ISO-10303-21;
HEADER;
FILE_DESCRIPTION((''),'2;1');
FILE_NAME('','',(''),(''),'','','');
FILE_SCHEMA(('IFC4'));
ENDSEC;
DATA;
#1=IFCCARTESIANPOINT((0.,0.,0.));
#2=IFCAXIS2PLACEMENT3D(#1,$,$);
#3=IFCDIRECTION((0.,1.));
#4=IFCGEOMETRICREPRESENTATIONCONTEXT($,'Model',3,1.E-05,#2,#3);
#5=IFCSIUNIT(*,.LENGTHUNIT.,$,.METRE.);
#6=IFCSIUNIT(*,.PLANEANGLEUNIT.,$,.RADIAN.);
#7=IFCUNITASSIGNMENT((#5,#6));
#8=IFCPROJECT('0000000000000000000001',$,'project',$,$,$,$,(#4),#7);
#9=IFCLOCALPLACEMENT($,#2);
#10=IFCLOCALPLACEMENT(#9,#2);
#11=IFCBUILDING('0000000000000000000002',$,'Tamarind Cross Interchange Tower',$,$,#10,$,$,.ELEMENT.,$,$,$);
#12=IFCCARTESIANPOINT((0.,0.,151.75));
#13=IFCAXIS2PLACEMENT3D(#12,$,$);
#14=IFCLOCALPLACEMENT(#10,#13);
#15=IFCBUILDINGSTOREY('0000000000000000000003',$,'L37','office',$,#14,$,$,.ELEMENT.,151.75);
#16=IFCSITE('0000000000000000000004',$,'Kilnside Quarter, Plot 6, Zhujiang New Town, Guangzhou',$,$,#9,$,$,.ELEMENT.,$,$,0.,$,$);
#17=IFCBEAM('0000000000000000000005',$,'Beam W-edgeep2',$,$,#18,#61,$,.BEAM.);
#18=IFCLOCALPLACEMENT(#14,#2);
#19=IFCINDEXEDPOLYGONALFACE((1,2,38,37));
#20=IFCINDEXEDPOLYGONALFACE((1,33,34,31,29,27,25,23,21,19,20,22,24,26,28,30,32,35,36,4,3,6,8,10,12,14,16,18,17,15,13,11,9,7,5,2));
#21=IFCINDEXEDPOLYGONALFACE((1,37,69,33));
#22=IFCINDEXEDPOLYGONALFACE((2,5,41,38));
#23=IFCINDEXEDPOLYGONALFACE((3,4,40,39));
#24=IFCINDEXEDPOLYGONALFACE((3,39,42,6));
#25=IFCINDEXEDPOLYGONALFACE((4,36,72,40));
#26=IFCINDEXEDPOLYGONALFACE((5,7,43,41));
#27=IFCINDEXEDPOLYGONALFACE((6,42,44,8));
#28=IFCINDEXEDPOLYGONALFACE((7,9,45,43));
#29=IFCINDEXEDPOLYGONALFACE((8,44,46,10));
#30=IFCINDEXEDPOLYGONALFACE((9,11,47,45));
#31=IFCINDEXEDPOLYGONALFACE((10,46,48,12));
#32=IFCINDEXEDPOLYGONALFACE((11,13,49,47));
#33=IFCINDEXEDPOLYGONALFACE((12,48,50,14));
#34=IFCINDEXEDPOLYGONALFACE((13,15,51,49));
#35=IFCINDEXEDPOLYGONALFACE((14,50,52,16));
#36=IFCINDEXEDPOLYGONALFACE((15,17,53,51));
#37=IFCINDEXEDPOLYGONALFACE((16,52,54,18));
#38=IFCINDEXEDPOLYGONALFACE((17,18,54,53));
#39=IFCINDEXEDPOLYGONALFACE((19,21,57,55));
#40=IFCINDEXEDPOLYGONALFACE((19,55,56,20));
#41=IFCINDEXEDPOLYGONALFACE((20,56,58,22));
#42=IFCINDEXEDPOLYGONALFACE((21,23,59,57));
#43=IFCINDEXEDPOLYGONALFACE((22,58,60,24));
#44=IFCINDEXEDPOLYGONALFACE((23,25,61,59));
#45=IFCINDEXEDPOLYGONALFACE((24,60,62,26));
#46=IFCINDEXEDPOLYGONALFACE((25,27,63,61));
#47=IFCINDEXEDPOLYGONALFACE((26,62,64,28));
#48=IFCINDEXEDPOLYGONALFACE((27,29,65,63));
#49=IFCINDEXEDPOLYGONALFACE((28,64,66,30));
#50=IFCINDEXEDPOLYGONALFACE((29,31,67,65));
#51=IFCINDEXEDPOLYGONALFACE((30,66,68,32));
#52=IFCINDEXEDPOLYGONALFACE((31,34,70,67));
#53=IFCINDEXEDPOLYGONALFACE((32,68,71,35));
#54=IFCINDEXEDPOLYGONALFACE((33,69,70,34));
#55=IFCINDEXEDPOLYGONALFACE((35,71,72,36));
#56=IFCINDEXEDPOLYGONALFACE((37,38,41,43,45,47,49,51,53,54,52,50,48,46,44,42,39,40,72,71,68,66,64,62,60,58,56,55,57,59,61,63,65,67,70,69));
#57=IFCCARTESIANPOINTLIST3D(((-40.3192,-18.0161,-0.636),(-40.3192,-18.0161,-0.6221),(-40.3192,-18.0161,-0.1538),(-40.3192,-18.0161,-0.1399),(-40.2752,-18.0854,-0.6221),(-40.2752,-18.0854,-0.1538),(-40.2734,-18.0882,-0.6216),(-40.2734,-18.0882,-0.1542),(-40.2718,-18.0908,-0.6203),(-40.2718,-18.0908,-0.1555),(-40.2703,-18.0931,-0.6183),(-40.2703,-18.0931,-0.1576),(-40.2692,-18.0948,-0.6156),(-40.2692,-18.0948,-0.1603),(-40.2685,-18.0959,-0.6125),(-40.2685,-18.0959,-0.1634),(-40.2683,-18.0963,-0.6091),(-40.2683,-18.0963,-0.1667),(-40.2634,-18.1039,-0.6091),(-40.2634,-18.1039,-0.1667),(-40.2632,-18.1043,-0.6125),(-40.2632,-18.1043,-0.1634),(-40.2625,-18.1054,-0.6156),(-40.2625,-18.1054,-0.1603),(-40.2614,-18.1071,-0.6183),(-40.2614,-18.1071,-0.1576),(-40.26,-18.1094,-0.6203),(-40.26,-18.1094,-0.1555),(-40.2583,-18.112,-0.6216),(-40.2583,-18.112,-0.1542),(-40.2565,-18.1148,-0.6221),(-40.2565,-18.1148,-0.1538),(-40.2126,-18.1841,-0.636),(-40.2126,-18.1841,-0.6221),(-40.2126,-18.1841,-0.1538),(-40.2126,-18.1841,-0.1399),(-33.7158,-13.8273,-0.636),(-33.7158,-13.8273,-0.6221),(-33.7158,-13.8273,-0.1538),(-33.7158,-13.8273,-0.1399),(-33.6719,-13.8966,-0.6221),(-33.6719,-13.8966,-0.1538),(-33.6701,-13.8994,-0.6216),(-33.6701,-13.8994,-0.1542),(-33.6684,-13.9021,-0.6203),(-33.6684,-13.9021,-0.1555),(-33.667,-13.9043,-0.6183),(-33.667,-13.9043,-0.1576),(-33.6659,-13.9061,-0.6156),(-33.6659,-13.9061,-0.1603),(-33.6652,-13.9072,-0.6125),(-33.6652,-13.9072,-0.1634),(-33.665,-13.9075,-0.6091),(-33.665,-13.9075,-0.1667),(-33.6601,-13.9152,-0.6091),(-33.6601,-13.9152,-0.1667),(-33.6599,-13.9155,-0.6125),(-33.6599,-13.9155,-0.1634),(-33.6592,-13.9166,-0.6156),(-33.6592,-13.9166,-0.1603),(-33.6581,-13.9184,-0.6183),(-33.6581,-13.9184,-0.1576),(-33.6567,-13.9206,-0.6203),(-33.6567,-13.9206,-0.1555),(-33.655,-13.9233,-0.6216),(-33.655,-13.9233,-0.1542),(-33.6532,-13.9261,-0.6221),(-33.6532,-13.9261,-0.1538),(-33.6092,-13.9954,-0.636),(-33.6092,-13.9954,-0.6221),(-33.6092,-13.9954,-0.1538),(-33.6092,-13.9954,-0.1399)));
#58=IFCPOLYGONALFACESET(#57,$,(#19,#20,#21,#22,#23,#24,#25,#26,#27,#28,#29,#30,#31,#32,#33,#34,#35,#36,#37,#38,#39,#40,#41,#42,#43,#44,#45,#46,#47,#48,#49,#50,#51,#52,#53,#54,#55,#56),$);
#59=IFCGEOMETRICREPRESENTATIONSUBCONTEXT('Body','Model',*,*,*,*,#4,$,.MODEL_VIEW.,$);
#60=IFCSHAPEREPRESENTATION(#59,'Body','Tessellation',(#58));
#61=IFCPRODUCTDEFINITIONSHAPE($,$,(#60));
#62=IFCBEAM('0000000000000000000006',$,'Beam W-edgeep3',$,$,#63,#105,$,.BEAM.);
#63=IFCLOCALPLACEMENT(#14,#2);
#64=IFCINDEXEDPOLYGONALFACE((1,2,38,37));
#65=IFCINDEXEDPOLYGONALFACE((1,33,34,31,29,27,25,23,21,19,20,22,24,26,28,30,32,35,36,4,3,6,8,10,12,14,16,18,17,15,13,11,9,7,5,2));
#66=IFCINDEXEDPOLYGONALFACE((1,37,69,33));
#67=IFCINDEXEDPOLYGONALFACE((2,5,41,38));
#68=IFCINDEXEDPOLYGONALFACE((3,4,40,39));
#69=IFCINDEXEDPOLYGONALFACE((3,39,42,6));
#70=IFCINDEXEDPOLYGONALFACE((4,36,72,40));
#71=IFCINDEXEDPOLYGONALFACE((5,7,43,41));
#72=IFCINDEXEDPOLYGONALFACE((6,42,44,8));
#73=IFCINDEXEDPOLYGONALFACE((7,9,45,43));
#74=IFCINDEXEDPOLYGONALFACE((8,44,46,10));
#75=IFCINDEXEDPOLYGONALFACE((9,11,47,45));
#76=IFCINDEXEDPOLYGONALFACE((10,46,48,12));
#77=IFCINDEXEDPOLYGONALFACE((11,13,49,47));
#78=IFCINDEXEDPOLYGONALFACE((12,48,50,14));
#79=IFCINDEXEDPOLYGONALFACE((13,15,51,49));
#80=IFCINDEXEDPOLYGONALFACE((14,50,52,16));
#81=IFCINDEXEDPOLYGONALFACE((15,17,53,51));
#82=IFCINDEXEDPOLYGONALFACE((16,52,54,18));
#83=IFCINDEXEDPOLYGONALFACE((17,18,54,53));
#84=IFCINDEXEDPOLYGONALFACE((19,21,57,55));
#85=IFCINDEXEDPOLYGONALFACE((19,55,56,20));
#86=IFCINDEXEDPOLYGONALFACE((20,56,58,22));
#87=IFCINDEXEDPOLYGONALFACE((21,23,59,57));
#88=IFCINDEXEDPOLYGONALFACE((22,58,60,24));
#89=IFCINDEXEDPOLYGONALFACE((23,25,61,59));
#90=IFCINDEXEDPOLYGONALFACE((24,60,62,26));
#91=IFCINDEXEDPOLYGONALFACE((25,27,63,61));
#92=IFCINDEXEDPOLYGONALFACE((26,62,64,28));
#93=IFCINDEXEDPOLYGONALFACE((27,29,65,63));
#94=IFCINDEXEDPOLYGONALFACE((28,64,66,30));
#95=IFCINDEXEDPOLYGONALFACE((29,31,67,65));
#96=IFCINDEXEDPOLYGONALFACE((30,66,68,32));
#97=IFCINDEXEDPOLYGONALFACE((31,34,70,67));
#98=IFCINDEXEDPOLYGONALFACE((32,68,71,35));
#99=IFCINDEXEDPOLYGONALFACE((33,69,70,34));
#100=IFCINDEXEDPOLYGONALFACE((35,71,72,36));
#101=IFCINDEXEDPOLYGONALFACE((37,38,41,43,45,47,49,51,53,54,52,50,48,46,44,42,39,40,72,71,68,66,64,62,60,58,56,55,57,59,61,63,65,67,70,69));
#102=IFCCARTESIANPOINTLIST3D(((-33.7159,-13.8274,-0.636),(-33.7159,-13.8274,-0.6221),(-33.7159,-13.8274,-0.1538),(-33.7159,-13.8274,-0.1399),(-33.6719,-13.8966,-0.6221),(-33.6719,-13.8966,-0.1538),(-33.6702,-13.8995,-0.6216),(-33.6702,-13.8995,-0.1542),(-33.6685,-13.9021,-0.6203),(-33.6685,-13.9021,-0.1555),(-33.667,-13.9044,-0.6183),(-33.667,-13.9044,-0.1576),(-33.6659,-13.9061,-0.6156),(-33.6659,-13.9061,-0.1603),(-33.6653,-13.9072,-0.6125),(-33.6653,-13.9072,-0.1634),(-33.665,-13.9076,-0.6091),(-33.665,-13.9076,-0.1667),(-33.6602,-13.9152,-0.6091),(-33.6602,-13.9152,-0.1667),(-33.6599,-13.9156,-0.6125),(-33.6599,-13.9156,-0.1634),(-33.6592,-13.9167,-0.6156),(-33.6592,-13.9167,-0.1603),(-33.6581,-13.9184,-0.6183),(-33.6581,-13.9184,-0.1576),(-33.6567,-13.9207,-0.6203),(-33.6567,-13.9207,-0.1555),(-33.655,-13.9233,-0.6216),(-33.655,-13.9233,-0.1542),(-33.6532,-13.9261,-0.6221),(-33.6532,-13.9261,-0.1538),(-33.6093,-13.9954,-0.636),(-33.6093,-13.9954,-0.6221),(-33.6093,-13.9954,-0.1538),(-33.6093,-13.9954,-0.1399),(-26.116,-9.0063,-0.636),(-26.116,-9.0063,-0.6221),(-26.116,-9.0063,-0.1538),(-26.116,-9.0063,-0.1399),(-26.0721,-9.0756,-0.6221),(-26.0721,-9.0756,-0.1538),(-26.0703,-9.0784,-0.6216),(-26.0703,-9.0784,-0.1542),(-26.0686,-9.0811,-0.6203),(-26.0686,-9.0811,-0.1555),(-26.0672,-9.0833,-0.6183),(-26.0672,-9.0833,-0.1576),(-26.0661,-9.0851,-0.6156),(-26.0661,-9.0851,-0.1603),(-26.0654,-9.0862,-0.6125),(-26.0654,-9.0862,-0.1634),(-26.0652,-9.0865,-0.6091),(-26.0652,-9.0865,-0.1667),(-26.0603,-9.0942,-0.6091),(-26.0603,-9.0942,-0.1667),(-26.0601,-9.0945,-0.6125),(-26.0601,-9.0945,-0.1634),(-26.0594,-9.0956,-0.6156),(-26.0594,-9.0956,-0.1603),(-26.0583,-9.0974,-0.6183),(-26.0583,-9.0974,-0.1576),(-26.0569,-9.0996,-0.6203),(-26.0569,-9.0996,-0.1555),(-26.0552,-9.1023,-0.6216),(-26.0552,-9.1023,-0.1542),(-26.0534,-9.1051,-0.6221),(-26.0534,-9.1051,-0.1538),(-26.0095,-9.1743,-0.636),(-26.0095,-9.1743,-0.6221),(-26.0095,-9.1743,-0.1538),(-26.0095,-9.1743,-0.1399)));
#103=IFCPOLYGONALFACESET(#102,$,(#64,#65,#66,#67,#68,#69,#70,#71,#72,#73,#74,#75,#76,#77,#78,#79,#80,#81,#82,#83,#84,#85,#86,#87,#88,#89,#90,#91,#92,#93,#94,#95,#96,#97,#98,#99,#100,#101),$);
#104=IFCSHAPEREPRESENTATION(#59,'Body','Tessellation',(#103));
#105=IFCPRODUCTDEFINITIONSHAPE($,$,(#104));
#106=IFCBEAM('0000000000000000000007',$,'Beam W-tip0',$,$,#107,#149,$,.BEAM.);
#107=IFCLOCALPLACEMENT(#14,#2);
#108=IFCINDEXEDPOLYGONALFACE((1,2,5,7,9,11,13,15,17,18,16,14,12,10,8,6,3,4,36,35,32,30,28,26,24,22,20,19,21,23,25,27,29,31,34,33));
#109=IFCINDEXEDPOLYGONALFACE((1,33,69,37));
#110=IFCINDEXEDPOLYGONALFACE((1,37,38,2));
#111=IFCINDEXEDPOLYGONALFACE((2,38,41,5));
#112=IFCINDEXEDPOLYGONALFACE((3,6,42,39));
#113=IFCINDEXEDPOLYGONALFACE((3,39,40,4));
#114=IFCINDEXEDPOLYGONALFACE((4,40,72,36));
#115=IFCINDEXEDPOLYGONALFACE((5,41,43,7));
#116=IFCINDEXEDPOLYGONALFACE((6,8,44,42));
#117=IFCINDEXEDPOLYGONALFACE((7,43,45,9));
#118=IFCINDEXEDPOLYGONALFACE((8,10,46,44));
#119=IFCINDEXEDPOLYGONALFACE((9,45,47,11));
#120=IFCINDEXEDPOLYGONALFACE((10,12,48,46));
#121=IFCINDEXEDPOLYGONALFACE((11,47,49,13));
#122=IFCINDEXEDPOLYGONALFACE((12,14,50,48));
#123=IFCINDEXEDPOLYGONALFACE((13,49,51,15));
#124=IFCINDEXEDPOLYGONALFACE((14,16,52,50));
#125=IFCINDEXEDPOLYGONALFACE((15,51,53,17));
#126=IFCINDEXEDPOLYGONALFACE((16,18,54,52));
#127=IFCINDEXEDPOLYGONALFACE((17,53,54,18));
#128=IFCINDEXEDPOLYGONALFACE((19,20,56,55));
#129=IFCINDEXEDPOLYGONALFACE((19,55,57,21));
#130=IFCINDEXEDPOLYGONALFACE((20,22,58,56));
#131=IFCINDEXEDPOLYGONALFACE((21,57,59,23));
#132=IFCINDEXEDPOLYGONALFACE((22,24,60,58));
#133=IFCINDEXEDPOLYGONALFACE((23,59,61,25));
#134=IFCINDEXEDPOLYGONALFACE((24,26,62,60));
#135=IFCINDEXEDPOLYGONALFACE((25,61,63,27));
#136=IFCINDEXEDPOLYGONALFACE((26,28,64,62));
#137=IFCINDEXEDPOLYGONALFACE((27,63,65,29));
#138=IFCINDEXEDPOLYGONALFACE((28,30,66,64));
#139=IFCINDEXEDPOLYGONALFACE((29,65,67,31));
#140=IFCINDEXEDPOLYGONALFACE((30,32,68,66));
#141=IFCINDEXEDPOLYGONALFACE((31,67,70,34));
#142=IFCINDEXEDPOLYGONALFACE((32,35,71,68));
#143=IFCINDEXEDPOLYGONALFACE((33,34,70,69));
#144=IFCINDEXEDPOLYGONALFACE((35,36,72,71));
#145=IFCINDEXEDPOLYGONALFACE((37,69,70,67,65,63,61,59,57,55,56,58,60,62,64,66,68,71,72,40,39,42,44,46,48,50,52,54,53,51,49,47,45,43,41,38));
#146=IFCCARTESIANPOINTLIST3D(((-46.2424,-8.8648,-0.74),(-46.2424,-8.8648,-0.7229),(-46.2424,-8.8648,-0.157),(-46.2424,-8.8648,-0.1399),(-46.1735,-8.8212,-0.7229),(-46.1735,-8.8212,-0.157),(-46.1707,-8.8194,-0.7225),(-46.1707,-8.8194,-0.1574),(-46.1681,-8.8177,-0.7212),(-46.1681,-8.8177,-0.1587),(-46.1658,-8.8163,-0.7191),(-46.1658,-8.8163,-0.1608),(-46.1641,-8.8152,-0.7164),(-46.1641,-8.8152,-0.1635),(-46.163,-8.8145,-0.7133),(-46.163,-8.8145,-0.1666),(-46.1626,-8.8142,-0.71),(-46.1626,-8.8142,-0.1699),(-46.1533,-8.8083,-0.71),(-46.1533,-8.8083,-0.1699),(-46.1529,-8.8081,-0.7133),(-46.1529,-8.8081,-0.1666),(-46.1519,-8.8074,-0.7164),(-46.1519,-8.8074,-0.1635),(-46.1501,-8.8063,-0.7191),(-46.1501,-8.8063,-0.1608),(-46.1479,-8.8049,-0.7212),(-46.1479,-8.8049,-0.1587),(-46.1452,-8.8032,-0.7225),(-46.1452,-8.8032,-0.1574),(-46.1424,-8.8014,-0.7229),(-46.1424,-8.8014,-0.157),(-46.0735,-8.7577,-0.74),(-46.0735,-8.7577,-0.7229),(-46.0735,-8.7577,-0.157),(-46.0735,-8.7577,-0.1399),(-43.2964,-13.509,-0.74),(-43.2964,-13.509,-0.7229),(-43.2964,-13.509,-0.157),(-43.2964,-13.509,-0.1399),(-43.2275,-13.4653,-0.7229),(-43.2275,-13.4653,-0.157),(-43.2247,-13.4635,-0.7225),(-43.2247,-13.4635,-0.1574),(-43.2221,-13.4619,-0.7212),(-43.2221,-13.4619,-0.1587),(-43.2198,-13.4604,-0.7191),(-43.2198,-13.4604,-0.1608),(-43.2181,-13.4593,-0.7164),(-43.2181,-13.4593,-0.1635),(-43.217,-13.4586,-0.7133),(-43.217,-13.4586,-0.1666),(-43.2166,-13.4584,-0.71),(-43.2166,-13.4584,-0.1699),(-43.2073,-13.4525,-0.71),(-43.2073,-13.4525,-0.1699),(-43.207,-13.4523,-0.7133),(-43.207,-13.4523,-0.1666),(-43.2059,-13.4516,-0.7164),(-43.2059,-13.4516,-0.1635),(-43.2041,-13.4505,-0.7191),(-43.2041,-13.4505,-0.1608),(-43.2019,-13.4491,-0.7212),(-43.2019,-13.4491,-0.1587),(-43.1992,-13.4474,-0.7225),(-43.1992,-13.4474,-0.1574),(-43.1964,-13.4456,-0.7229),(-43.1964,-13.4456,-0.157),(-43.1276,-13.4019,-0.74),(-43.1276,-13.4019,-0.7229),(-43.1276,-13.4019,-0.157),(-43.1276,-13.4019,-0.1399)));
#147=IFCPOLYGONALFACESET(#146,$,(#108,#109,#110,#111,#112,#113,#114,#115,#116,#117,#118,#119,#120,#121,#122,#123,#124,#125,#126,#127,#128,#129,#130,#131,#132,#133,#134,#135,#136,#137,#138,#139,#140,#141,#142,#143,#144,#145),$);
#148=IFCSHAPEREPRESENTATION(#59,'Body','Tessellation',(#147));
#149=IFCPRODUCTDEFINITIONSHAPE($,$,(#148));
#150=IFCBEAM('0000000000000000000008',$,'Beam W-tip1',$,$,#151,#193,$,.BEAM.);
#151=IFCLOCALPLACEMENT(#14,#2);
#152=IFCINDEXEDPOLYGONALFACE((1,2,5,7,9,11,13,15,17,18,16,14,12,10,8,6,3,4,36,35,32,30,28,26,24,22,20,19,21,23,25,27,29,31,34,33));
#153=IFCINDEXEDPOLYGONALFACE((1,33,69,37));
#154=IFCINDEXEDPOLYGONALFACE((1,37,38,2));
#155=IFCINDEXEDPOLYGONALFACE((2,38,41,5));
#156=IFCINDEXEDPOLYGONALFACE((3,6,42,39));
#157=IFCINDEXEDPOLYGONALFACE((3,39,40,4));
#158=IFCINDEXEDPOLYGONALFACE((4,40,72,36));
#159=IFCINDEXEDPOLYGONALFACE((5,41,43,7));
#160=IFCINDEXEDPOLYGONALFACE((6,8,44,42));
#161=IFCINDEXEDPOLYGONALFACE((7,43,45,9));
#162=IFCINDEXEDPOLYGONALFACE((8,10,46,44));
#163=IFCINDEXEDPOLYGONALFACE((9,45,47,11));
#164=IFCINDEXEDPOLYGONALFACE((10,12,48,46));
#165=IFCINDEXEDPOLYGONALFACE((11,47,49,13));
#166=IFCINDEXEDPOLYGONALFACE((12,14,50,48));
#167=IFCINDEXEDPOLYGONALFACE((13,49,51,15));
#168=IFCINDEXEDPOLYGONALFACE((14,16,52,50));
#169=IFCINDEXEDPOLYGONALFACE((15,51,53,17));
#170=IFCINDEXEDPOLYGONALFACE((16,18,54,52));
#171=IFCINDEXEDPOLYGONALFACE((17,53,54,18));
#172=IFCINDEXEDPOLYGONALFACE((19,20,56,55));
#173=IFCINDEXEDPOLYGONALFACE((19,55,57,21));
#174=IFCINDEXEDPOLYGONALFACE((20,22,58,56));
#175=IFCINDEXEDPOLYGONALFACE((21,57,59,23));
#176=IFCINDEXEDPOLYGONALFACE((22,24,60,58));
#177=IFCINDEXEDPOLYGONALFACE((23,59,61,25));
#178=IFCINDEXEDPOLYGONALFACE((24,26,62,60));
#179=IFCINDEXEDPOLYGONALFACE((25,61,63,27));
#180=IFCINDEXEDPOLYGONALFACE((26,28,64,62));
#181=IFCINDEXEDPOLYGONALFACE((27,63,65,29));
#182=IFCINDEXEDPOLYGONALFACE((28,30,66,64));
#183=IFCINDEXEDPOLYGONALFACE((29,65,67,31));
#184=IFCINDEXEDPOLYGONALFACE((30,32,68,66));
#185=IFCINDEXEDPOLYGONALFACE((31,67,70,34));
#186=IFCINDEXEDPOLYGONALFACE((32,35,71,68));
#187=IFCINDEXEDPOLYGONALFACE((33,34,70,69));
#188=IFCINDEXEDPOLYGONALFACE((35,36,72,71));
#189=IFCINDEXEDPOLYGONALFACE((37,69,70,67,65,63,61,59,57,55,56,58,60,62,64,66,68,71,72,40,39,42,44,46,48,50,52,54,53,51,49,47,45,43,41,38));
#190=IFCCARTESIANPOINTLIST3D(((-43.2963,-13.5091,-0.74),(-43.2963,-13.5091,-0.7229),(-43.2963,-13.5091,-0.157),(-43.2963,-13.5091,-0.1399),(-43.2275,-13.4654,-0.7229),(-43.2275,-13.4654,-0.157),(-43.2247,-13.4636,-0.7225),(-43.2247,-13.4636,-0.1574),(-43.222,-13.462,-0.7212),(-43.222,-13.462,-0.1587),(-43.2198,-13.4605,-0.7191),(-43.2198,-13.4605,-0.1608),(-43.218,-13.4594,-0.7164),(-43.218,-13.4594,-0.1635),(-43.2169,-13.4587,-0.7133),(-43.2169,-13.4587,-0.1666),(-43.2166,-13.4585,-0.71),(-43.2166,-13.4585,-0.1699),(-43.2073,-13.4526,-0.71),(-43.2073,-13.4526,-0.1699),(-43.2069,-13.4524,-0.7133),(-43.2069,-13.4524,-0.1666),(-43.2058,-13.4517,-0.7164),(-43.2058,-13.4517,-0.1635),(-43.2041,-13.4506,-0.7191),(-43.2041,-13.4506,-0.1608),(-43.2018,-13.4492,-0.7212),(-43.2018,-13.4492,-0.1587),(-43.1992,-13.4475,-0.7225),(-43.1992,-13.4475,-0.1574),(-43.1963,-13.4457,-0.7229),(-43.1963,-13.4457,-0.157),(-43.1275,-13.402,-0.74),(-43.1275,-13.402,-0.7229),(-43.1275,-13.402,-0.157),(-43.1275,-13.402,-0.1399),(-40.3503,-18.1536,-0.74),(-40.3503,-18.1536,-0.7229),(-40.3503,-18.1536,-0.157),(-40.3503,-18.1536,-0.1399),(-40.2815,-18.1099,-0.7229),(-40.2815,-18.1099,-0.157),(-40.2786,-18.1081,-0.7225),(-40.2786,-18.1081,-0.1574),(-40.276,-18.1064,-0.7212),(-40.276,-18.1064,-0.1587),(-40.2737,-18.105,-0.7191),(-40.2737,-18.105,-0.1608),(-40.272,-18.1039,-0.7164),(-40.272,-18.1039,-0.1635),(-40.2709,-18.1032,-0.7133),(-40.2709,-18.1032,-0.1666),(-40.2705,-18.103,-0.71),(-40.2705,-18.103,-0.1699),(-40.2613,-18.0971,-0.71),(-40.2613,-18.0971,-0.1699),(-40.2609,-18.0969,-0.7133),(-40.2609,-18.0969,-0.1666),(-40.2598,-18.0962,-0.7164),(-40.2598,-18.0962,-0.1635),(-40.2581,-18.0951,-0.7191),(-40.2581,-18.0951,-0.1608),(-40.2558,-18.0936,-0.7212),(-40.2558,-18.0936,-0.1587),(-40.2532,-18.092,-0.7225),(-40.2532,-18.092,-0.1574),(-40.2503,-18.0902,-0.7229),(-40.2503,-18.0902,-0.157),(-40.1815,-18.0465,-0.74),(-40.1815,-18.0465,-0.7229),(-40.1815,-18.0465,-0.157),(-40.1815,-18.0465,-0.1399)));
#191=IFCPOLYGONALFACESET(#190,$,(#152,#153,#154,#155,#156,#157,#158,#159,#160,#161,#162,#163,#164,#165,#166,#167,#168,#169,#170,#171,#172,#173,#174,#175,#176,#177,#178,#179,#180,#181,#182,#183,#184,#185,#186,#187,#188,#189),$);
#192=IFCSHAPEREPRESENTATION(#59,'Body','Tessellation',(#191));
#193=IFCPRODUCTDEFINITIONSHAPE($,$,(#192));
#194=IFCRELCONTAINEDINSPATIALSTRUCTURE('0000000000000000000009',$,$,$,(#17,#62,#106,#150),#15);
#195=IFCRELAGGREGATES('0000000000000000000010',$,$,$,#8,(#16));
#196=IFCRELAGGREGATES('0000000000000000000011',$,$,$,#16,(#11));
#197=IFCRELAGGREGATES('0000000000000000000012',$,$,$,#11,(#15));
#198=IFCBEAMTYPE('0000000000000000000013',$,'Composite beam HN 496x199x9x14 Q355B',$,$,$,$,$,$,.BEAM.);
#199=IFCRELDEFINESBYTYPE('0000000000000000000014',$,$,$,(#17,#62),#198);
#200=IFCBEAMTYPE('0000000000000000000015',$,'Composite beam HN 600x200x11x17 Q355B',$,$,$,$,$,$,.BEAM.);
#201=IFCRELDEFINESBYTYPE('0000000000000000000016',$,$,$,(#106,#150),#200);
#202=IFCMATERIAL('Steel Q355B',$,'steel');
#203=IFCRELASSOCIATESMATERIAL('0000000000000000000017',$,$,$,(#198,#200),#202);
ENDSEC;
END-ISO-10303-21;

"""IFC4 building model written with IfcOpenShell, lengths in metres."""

from ifc_helpers import new_model, si_unit, direction, frame, origin, origin_2d, place, context, subcontext, project, spatial, i_section, extrude, material, material_profile, profile_set, type_object, element, save


model = new_model("IFC4")

# Units and contexts
model_context = context("Model", 3, precision=1e-05, world=origin(), true_north=direction((0.0, 1.0)))
body_context = subcontext(model_context, "Body", "Model", "MODEL_VIEW")
ifc_project = project(units=[si_unit("LENGTHUNIT", "METRE"), si_unit("PLANEANGLEUNIT", "RADIAN")], contexts=[model_context])

# Site, building, storey
site_placement = place(None, origin())
site = spatial("IfcSite", under=ifc_project, at=site_placement, Name="Kilnside Quarter, Plot 6, Zhujiang New Town, Guangzhou", CompositionType="ELEMENT", RefElevation=0.0)
building_placement = place(site_placement, origin())
building = spatial("IfcBuilding", under=site, at=building_placement, Name="Tamarind Cross Interchange Tower", CompositionType="ELEMENT")
storey_placement = place(building_placement, frame((0.0, 0.0, 151.75)))
storey = spatial("IfcBuildingStorey", under=building, at=storey_placement, Name="L37", Description="office", CompositionType="ELEMENT", Elevation=151.75)

# Beams
ifc_material_1 = material(Name="Steel Q355B", Category="steel")
ifc_material_profile_1 = material_profile(ifc_material_1, i_section(OverallWidth=0.199, OverallDepth=0.4961, WebThickness=0.009, FlangeThickness=0.0139, FilletRadius=0.0129, at=origin_2d()), Name="HN 496x199x9x14")
ifc_profile_set_1 = profile_set([ifc_material_profile_1], Name="Steel Q355B")
beam_type_1 = type_object("IfcBeamType", Name="Composite beam HN 496x199x9x14 Q355B", PredefinedType="BEAM", material=ifc_profile_set_1)
beam_1_placement = place(storey_placement, frame((-40.2659, -18.1001, -0.3879), z_axis=(0.844435, 0.535659, 0.0), x_axis=(-0.535659, 0.844435, 0.0)))
element("IfcBeam", 1, at=beam_1_placement, inside=storey, type_object=beam_type_1, Name="Beam W-edgeep2", PredefinedType="BEAM", context=body_context, shape_type="SweptSolid", body=[
    extrude(i_section(OverallWidth=0.199, OverallDepth=0.4961, WebThickness=0.009, FlangeThickness=0.0139, FilletRadius=0.0129, at=origin_2d()), origin(), (0.0, 0.0, 1.0), 7.8198),
])
beam_2_placement = place(storey_placement, frame((-33.6626, -13.9114, -0.3879), z_axis=(0.844427, 0.535671, 0.0), x_axis=(-0.535671, 0.844427, 0.0)))
element("IfcBeam", 2, at=beam_2_placement, inside=storey, type_object=beam_type_1, Name="Beam W-edgeep3", PredefinedType="BEAM", context=body_context, shape_type="SweptSolid", body=[
    extrude(i_section(OverallWidth=0.199, OverallDepth=0.4961, WebThickness=0.009, FlangeThickness=0.0139, FilletRadius=0.0129, at=origin_2d()), origin(), (0.0, 0.0, 1.0), 9.0),
])
ifc_material_profile_2 = material_profile(ifc_material_1, i_section(OverallWidth=0.2, OverallDepth=0.6001, WebThickness=0.011, FlangeThickness=0.0171, FilletRadius=0.0129, at=origin_2d()), Name="HN 600x200x11x17")
ifc_profile_set_2 = profile_set([ifc_material_profile_2], Name="Steel Q355B")
beam_type_2 = type_object("IfcBeamType", Name="Composite beam HN 600x200x11x17 Q355B", PredefinedType="BEAM", material=ifc_profile_set_2)
beam_3_placement = place(storey_placement, frame((-46.158, -8.8113, -0.4399), z_axis=(0.535657, -0.844436, 0.0), x_axis=(0.844436, 0.535657, 0.0)))
element("IfcBeam", 3, at=beam_3_placement, inside=storey, type_object=beam_type_2, Name="Beam W-tip0", PredefinedType="BEAM", context=body_context, shape_type="SweptSolid", body=[
    extrude(i_section(OverallWidth=0.2, OverallDepth=0.6001, WebThickness=0.011, FlangeThickness=0.0171, FilletRadius=0.0129, at=origin_2d()), origin(), (0.0, 0.0, 1.0), 5.4998),
])
beam_4_placement = place(storey_placement, frame((-43.2119, -13.4556, -0.4399), z_axis=(0.535637, -0.844448, 0.0), x_axis=(0.844448, 0.535637, 0.0)))
element("IfcBeam", 4, at=beam_4_placement, inside=storey, type_object=beam_type_2, Name="Beam W-tip1", PredefinedType="BEAM", context=body_context, shape_type="SweptSolid", body=[
    extrude(i_section(OverallWidth=0.2, OverallDepth=0.6001, WebThickness=0.011, FlangeThickness=0.0171, FilletRadius=0.0129, at=origin_2d()), origin(), (0.0, 0.0, 1.0), 5.5),
])

save(model, "model.ifc")
